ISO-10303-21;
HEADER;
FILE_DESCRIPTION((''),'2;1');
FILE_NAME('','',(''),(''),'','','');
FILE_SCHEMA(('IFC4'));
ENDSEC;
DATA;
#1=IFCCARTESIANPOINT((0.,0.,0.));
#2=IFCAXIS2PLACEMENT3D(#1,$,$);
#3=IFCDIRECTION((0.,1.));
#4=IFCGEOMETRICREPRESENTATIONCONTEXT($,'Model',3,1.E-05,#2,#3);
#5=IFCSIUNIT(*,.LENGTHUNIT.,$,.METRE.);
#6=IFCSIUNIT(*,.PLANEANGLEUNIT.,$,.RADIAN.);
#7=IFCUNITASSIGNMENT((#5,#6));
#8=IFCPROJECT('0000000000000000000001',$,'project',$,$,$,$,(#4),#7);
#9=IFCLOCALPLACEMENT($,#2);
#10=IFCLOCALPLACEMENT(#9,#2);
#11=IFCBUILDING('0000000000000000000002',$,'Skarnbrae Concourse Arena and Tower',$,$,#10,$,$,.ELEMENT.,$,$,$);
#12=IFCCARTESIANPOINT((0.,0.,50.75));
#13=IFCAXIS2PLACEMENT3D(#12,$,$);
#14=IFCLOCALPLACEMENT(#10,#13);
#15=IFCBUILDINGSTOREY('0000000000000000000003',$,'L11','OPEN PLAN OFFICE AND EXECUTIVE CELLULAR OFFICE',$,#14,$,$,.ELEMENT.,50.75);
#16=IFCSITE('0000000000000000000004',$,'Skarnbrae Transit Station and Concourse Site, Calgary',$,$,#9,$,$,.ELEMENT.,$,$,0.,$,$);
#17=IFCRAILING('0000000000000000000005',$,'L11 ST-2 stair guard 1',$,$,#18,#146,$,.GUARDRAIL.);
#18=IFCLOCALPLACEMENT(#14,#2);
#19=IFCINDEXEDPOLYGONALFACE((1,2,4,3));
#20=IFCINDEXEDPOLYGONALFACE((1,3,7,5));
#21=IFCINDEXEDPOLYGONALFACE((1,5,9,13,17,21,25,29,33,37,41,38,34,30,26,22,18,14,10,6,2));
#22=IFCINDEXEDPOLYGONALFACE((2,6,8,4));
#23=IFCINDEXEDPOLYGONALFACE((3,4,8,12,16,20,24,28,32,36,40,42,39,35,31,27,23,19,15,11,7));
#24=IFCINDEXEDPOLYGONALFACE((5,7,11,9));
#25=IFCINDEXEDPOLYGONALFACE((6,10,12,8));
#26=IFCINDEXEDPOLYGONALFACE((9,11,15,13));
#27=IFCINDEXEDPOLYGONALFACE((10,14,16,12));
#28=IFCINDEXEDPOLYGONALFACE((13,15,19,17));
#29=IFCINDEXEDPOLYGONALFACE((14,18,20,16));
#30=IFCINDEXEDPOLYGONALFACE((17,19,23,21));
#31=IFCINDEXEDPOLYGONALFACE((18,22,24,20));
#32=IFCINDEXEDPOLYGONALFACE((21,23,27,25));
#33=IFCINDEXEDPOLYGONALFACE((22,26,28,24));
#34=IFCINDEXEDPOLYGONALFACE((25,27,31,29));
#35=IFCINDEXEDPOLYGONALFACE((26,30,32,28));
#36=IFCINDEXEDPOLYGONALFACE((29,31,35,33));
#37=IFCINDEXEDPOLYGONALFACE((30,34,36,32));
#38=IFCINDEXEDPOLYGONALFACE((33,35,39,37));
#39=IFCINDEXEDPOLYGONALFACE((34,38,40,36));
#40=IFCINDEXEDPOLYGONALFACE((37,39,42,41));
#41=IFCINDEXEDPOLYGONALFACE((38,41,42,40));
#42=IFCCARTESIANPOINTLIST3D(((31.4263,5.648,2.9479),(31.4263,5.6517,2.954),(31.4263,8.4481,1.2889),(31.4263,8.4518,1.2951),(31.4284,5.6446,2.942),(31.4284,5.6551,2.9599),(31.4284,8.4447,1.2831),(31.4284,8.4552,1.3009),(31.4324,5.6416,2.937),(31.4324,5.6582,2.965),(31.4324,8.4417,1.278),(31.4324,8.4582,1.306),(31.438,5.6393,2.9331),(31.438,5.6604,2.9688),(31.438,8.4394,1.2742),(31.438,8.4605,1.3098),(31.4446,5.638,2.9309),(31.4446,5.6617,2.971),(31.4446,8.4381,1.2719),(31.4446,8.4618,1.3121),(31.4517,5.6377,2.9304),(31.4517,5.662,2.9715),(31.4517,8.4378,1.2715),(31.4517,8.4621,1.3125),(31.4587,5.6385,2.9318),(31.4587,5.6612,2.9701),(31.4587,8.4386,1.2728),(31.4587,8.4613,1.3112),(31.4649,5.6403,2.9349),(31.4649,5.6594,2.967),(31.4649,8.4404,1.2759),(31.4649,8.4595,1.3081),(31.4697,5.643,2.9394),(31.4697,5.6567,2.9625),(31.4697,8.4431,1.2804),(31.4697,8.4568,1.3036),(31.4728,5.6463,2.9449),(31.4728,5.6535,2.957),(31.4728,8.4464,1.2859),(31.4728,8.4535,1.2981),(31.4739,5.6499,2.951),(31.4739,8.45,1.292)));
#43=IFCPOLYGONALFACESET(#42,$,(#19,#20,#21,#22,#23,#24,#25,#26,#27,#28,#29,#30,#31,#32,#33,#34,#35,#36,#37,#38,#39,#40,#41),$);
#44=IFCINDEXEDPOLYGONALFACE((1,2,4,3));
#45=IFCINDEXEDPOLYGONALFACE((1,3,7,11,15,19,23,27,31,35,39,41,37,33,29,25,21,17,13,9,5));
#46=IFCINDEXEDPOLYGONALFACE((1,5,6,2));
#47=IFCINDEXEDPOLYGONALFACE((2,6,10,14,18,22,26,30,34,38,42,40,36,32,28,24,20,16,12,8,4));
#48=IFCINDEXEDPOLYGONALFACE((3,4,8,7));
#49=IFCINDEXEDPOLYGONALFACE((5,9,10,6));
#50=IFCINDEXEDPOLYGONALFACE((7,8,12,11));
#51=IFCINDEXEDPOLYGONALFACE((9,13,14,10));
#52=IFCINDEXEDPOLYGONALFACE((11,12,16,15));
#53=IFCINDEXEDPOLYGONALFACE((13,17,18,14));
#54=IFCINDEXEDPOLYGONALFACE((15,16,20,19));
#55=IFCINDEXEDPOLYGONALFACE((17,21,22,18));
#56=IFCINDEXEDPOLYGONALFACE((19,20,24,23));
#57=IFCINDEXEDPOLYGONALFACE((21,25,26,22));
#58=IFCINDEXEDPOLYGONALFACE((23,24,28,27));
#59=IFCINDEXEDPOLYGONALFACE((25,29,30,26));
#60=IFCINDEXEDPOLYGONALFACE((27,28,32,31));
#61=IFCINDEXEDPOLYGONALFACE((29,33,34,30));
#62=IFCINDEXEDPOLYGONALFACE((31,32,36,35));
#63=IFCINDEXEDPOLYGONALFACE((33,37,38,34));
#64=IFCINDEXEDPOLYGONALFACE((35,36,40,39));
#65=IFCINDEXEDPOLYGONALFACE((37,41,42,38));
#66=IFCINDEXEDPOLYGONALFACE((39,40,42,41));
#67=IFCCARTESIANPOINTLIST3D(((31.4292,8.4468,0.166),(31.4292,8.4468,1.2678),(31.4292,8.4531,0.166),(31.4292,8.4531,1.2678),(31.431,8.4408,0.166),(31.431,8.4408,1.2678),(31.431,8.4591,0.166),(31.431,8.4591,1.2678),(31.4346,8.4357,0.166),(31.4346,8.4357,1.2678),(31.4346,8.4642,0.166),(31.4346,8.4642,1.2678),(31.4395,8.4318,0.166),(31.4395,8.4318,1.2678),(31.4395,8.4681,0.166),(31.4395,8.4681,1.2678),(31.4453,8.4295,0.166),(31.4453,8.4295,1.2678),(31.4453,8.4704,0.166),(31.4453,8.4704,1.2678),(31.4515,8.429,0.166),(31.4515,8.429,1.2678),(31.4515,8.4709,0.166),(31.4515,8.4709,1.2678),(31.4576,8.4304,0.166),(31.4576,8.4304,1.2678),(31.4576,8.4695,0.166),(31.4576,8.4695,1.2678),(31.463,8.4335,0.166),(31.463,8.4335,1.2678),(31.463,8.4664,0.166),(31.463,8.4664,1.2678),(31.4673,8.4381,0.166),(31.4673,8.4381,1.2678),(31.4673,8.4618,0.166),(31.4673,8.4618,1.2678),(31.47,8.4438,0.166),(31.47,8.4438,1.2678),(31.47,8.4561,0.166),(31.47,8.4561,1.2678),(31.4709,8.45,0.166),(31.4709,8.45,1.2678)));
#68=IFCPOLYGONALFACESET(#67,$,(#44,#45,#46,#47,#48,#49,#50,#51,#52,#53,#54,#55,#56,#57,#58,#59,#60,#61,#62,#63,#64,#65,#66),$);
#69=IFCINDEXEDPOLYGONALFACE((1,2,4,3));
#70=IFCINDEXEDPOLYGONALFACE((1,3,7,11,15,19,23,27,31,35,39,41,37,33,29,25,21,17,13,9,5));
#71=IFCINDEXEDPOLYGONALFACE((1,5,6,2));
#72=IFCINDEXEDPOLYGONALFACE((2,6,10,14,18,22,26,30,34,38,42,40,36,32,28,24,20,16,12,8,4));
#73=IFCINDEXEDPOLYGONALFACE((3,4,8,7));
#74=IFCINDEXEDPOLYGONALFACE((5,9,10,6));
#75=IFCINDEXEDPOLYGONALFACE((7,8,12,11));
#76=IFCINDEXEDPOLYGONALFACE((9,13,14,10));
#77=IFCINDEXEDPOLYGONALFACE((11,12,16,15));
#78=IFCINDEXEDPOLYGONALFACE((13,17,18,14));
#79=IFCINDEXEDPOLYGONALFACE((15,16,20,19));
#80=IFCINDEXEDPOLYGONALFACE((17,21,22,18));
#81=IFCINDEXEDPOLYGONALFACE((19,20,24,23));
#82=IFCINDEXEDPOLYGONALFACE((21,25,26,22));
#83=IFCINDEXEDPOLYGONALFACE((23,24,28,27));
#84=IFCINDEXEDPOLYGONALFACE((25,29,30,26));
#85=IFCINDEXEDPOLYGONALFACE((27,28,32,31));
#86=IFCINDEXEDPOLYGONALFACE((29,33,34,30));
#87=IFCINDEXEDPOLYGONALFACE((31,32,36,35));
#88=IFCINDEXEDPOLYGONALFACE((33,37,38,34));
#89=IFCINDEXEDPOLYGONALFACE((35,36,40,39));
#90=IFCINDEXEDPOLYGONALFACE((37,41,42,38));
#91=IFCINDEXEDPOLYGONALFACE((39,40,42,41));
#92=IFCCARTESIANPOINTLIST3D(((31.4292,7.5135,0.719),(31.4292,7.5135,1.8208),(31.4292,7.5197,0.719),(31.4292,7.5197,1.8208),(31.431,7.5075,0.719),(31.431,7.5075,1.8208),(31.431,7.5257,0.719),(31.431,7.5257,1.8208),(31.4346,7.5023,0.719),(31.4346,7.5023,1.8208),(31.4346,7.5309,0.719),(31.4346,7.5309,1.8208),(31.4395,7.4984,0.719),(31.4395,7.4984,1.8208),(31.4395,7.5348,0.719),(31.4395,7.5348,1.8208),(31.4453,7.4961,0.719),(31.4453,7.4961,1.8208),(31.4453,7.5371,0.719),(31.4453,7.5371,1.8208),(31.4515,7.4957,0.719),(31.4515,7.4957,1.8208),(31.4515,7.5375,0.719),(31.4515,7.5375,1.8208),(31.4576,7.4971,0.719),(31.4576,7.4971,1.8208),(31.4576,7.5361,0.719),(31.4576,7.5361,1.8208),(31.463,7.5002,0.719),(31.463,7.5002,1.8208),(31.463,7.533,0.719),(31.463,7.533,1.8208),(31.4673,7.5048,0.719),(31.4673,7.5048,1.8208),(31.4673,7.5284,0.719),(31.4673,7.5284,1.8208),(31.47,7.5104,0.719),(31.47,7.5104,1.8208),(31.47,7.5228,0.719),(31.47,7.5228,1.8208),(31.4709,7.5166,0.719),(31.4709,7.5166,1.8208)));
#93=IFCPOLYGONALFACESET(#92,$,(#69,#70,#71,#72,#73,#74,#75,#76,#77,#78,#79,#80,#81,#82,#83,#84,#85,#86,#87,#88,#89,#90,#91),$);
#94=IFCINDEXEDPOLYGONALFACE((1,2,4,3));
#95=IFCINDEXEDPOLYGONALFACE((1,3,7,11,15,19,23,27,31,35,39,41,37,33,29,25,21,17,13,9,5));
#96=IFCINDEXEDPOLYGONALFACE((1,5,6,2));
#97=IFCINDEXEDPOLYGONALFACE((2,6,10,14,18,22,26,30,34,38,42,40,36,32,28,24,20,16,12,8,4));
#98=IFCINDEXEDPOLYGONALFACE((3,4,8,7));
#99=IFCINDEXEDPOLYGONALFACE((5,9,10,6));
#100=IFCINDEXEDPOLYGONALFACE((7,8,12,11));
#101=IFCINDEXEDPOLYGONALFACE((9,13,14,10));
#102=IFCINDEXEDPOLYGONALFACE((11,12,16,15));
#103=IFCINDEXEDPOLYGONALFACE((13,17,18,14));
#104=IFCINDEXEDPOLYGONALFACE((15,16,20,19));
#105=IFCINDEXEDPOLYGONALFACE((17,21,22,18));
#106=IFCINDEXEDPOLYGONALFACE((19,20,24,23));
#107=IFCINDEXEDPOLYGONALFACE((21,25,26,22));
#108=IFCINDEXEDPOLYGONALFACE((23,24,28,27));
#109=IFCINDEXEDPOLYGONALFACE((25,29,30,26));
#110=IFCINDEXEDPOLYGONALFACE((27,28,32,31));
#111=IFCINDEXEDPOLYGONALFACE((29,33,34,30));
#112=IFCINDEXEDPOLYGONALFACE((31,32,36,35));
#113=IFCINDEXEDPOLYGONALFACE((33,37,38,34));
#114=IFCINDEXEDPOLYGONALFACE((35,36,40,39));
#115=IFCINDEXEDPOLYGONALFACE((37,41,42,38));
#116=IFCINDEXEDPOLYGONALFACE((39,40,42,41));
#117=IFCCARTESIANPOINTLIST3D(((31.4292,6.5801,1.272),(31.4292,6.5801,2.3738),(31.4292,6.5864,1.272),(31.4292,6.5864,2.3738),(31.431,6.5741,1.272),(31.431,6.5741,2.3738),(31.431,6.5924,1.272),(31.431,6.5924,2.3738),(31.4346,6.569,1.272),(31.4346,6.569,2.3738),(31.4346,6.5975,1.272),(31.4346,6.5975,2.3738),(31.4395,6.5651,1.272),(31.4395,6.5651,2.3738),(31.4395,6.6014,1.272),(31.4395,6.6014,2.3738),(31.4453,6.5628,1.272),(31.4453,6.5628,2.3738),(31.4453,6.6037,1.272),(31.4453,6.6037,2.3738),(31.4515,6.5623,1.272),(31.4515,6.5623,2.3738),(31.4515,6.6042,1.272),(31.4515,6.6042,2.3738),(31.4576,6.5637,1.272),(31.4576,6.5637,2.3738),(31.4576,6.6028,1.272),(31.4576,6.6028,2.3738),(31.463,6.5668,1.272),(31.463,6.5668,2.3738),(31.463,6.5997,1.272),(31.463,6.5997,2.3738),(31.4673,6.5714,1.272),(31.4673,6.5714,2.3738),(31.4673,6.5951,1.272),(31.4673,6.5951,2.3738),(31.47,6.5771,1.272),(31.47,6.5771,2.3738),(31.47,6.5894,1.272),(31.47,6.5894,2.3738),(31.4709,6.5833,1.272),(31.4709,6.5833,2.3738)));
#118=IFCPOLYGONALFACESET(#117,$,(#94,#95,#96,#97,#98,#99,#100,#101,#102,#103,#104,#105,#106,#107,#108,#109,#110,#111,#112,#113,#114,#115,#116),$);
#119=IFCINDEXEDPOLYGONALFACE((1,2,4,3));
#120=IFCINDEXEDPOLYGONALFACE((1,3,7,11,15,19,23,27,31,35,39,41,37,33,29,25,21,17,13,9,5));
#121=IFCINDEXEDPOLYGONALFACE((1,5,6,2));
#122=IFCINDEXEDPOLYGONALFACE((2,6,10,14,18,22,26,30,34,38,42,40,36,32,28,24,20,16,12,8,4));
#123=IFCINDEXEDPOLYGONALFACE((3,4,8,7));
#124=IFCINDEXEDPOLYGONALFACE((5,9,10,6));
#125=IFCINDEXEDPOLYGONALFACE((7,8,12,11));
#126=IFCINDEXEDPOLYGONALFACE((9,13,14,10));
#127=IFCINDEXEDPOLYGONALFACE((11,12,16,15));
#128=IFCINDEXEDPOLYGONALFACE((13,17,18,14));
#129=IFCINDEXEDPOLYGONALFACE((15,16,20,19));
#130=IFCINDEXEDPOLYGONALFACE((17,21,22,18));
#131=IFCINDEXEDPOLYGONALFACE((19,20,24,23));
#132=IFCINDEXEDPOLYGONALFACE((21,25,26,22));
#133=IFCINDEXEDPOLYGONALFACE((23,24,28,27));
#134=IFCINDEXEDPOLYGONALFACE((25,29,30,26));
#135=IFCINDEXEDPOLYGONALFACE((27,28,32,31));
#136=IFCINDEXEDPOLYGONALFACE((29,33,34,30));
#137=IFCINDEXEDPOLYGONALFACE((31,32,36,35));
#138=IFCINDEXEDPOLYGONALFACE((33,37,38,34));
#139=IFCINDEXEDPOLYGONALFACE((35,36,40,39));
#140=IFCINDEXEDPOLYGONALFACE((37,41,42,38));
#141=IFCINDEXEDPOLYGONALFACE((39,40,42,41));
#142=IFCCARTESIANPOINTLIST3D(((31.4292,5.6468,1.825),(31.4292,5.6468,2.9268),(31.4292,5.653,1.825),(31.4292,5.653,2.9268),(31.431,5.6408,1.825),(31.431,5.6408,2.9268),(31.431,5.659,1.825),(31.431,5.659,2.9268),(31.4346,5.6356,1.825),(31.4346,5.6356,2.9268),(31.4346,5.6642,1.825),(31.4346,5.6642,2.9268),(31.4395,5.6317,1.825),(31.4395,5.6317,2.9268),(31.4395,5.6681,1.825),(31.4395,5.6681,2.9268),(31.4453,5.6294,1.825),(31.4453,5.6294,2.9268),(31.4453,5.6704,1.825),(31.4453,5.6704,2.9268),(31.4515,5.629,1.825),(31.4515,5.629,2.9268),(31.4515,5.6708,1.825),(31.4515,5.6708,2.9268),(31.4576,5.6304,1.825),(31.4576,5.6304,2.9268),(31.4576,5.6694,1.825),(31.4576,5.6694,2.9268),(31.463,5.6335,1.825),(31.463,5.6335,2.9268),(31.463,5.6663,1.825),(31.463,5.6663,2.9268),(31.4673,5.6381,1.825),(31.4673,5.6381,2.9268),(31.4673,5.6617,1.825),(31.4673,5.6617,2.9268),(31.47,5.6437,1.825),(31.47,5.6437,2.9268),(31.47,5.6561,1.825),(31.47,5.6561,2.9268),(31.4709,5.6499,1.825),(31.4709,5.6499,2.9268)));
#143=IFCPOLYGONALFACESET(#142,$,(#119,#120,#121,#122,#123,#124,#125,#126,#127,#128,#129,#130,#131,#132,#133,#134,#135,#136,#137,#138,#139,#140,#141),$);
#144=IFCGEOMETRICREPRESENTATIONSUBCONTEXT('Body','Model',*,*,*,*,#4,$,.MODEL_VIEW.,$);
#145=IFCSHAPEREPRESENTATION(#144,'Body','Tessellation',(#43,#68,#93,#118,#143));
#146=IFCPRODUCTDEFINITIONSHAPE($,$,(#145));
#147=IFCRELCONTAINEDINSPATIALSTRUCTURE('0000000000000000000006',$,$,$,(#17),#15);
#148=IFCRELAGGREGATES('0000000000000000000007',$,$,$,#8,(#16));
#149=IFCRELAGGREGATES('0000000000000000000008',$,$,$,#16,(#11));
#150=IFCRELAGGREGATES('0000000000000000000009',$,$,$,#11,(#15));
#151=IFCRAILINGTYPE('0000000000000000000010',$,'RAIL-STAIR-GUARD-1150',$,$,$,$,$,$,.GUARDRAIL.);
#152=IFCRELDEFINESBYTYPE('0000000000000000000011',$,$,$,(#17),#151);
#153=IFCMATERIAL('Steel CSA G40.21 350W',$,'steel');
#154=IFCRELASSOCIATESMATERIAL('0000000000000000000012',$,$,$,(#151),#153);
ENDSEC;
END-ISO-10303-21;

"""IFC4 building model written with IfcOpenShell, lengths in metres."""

from ifc_helpers import new_model, si_unit, direction, frame, origin, origin_2d, place, context, subcontext, project, spatial, circle, extrude, material, type_object, element, save


model = new_model("IFC4")

# Units and contexts
model_context = context("Model", 3, precision=1e-05, world=origin(), true_north=direction((0.0, 1.0)))
body_context = subcontext(model_context, "Body", "Model", "MODEL_VIEW")
ifc_project = project(units=[si_unit("LENGTHUNIT", "METRE"), si_unit("PLANEANGLEUNIT", "RADIAN")], contexts=[model_context])

# Site, building, storey
site_placement = place(None, origin())
site = spatial("IfcSite", under=ifc_project, at=site_placement, Name="Skarnbrae Transit Station and Concourse Site, Calgary", CompositionType="ELEMENT", RefElevation=0.0)
building_placement = place(site_placement, origin())
building = spatial("IfcBuilding", under=site, at=building_placement, Name="Skarnbrae Concourse Arena and Tower", CompositionType="ELEMENT")
storey_placement = place(building_placement, frame((0.0, 0.0, 50.75)))
storey = spatial("IfcBuildingStorey", under=building, at=storey_placement, Name="L11", Description="OPEN PLAN OFFICE AND EXECUTIVE CELLULAR OFFICE", CompositionType="ELEMENT", Elevation=50.75)

# Shared definitions
ifc_material_1 = material(Name="Steel CSA G40.21 350W", Category="steel")

# Railing
railing_type_1 = type_object("IfcRailingType", Name="RAIL-STAIR-GUARD-1150", PredefinedType="GUARDRAIL", material=ifc_material_1)
railing_1_placement = place(storey_placement, frame((31.45, 8.45, 0.166)))
element("IfcRailing", 1, at=railing_1_placement, inside=storey, type_object=railing_type_1, Name="L11 ST-2 stair guard 1", PredefinedType="GUARDRAIL", context=body_context, shape_type="SweptSolid", body=[
    extrude(circle(Radius=0.0239, at=origin_2d()), frame((0.0, 0.0, 1.126), z_axis=(0.0, -0.860339, 0.509722), x_axis=(1.0, 0.0, 0.0)), (0.0, 0.0, 1.0), 3.2546),
    extrude(circle(Radius=0.021, at=origin_2d()), origin(), (0.0, 0.0, 1.0), 1.1018),
    extrude(circle(Radius=0.021, at=origin_2d()), frame((0.0, -0.9333, 0.553)), (0.0, 0.0, 1.0), 1.1018),
    extrude(circle(Radius=0.021, at=origin_2d()), frame((0.0, -1.8667, 1.106)), (0.0, 0.0, 1.0), 1.1018),
    extrude(circle(Radius=0.021, at=origin_2d()), frame((0.0, -2.8, 1.6589)), (0.0, 0.0, 1.0), 1.1018),
])

save(model, "model.ifc")
